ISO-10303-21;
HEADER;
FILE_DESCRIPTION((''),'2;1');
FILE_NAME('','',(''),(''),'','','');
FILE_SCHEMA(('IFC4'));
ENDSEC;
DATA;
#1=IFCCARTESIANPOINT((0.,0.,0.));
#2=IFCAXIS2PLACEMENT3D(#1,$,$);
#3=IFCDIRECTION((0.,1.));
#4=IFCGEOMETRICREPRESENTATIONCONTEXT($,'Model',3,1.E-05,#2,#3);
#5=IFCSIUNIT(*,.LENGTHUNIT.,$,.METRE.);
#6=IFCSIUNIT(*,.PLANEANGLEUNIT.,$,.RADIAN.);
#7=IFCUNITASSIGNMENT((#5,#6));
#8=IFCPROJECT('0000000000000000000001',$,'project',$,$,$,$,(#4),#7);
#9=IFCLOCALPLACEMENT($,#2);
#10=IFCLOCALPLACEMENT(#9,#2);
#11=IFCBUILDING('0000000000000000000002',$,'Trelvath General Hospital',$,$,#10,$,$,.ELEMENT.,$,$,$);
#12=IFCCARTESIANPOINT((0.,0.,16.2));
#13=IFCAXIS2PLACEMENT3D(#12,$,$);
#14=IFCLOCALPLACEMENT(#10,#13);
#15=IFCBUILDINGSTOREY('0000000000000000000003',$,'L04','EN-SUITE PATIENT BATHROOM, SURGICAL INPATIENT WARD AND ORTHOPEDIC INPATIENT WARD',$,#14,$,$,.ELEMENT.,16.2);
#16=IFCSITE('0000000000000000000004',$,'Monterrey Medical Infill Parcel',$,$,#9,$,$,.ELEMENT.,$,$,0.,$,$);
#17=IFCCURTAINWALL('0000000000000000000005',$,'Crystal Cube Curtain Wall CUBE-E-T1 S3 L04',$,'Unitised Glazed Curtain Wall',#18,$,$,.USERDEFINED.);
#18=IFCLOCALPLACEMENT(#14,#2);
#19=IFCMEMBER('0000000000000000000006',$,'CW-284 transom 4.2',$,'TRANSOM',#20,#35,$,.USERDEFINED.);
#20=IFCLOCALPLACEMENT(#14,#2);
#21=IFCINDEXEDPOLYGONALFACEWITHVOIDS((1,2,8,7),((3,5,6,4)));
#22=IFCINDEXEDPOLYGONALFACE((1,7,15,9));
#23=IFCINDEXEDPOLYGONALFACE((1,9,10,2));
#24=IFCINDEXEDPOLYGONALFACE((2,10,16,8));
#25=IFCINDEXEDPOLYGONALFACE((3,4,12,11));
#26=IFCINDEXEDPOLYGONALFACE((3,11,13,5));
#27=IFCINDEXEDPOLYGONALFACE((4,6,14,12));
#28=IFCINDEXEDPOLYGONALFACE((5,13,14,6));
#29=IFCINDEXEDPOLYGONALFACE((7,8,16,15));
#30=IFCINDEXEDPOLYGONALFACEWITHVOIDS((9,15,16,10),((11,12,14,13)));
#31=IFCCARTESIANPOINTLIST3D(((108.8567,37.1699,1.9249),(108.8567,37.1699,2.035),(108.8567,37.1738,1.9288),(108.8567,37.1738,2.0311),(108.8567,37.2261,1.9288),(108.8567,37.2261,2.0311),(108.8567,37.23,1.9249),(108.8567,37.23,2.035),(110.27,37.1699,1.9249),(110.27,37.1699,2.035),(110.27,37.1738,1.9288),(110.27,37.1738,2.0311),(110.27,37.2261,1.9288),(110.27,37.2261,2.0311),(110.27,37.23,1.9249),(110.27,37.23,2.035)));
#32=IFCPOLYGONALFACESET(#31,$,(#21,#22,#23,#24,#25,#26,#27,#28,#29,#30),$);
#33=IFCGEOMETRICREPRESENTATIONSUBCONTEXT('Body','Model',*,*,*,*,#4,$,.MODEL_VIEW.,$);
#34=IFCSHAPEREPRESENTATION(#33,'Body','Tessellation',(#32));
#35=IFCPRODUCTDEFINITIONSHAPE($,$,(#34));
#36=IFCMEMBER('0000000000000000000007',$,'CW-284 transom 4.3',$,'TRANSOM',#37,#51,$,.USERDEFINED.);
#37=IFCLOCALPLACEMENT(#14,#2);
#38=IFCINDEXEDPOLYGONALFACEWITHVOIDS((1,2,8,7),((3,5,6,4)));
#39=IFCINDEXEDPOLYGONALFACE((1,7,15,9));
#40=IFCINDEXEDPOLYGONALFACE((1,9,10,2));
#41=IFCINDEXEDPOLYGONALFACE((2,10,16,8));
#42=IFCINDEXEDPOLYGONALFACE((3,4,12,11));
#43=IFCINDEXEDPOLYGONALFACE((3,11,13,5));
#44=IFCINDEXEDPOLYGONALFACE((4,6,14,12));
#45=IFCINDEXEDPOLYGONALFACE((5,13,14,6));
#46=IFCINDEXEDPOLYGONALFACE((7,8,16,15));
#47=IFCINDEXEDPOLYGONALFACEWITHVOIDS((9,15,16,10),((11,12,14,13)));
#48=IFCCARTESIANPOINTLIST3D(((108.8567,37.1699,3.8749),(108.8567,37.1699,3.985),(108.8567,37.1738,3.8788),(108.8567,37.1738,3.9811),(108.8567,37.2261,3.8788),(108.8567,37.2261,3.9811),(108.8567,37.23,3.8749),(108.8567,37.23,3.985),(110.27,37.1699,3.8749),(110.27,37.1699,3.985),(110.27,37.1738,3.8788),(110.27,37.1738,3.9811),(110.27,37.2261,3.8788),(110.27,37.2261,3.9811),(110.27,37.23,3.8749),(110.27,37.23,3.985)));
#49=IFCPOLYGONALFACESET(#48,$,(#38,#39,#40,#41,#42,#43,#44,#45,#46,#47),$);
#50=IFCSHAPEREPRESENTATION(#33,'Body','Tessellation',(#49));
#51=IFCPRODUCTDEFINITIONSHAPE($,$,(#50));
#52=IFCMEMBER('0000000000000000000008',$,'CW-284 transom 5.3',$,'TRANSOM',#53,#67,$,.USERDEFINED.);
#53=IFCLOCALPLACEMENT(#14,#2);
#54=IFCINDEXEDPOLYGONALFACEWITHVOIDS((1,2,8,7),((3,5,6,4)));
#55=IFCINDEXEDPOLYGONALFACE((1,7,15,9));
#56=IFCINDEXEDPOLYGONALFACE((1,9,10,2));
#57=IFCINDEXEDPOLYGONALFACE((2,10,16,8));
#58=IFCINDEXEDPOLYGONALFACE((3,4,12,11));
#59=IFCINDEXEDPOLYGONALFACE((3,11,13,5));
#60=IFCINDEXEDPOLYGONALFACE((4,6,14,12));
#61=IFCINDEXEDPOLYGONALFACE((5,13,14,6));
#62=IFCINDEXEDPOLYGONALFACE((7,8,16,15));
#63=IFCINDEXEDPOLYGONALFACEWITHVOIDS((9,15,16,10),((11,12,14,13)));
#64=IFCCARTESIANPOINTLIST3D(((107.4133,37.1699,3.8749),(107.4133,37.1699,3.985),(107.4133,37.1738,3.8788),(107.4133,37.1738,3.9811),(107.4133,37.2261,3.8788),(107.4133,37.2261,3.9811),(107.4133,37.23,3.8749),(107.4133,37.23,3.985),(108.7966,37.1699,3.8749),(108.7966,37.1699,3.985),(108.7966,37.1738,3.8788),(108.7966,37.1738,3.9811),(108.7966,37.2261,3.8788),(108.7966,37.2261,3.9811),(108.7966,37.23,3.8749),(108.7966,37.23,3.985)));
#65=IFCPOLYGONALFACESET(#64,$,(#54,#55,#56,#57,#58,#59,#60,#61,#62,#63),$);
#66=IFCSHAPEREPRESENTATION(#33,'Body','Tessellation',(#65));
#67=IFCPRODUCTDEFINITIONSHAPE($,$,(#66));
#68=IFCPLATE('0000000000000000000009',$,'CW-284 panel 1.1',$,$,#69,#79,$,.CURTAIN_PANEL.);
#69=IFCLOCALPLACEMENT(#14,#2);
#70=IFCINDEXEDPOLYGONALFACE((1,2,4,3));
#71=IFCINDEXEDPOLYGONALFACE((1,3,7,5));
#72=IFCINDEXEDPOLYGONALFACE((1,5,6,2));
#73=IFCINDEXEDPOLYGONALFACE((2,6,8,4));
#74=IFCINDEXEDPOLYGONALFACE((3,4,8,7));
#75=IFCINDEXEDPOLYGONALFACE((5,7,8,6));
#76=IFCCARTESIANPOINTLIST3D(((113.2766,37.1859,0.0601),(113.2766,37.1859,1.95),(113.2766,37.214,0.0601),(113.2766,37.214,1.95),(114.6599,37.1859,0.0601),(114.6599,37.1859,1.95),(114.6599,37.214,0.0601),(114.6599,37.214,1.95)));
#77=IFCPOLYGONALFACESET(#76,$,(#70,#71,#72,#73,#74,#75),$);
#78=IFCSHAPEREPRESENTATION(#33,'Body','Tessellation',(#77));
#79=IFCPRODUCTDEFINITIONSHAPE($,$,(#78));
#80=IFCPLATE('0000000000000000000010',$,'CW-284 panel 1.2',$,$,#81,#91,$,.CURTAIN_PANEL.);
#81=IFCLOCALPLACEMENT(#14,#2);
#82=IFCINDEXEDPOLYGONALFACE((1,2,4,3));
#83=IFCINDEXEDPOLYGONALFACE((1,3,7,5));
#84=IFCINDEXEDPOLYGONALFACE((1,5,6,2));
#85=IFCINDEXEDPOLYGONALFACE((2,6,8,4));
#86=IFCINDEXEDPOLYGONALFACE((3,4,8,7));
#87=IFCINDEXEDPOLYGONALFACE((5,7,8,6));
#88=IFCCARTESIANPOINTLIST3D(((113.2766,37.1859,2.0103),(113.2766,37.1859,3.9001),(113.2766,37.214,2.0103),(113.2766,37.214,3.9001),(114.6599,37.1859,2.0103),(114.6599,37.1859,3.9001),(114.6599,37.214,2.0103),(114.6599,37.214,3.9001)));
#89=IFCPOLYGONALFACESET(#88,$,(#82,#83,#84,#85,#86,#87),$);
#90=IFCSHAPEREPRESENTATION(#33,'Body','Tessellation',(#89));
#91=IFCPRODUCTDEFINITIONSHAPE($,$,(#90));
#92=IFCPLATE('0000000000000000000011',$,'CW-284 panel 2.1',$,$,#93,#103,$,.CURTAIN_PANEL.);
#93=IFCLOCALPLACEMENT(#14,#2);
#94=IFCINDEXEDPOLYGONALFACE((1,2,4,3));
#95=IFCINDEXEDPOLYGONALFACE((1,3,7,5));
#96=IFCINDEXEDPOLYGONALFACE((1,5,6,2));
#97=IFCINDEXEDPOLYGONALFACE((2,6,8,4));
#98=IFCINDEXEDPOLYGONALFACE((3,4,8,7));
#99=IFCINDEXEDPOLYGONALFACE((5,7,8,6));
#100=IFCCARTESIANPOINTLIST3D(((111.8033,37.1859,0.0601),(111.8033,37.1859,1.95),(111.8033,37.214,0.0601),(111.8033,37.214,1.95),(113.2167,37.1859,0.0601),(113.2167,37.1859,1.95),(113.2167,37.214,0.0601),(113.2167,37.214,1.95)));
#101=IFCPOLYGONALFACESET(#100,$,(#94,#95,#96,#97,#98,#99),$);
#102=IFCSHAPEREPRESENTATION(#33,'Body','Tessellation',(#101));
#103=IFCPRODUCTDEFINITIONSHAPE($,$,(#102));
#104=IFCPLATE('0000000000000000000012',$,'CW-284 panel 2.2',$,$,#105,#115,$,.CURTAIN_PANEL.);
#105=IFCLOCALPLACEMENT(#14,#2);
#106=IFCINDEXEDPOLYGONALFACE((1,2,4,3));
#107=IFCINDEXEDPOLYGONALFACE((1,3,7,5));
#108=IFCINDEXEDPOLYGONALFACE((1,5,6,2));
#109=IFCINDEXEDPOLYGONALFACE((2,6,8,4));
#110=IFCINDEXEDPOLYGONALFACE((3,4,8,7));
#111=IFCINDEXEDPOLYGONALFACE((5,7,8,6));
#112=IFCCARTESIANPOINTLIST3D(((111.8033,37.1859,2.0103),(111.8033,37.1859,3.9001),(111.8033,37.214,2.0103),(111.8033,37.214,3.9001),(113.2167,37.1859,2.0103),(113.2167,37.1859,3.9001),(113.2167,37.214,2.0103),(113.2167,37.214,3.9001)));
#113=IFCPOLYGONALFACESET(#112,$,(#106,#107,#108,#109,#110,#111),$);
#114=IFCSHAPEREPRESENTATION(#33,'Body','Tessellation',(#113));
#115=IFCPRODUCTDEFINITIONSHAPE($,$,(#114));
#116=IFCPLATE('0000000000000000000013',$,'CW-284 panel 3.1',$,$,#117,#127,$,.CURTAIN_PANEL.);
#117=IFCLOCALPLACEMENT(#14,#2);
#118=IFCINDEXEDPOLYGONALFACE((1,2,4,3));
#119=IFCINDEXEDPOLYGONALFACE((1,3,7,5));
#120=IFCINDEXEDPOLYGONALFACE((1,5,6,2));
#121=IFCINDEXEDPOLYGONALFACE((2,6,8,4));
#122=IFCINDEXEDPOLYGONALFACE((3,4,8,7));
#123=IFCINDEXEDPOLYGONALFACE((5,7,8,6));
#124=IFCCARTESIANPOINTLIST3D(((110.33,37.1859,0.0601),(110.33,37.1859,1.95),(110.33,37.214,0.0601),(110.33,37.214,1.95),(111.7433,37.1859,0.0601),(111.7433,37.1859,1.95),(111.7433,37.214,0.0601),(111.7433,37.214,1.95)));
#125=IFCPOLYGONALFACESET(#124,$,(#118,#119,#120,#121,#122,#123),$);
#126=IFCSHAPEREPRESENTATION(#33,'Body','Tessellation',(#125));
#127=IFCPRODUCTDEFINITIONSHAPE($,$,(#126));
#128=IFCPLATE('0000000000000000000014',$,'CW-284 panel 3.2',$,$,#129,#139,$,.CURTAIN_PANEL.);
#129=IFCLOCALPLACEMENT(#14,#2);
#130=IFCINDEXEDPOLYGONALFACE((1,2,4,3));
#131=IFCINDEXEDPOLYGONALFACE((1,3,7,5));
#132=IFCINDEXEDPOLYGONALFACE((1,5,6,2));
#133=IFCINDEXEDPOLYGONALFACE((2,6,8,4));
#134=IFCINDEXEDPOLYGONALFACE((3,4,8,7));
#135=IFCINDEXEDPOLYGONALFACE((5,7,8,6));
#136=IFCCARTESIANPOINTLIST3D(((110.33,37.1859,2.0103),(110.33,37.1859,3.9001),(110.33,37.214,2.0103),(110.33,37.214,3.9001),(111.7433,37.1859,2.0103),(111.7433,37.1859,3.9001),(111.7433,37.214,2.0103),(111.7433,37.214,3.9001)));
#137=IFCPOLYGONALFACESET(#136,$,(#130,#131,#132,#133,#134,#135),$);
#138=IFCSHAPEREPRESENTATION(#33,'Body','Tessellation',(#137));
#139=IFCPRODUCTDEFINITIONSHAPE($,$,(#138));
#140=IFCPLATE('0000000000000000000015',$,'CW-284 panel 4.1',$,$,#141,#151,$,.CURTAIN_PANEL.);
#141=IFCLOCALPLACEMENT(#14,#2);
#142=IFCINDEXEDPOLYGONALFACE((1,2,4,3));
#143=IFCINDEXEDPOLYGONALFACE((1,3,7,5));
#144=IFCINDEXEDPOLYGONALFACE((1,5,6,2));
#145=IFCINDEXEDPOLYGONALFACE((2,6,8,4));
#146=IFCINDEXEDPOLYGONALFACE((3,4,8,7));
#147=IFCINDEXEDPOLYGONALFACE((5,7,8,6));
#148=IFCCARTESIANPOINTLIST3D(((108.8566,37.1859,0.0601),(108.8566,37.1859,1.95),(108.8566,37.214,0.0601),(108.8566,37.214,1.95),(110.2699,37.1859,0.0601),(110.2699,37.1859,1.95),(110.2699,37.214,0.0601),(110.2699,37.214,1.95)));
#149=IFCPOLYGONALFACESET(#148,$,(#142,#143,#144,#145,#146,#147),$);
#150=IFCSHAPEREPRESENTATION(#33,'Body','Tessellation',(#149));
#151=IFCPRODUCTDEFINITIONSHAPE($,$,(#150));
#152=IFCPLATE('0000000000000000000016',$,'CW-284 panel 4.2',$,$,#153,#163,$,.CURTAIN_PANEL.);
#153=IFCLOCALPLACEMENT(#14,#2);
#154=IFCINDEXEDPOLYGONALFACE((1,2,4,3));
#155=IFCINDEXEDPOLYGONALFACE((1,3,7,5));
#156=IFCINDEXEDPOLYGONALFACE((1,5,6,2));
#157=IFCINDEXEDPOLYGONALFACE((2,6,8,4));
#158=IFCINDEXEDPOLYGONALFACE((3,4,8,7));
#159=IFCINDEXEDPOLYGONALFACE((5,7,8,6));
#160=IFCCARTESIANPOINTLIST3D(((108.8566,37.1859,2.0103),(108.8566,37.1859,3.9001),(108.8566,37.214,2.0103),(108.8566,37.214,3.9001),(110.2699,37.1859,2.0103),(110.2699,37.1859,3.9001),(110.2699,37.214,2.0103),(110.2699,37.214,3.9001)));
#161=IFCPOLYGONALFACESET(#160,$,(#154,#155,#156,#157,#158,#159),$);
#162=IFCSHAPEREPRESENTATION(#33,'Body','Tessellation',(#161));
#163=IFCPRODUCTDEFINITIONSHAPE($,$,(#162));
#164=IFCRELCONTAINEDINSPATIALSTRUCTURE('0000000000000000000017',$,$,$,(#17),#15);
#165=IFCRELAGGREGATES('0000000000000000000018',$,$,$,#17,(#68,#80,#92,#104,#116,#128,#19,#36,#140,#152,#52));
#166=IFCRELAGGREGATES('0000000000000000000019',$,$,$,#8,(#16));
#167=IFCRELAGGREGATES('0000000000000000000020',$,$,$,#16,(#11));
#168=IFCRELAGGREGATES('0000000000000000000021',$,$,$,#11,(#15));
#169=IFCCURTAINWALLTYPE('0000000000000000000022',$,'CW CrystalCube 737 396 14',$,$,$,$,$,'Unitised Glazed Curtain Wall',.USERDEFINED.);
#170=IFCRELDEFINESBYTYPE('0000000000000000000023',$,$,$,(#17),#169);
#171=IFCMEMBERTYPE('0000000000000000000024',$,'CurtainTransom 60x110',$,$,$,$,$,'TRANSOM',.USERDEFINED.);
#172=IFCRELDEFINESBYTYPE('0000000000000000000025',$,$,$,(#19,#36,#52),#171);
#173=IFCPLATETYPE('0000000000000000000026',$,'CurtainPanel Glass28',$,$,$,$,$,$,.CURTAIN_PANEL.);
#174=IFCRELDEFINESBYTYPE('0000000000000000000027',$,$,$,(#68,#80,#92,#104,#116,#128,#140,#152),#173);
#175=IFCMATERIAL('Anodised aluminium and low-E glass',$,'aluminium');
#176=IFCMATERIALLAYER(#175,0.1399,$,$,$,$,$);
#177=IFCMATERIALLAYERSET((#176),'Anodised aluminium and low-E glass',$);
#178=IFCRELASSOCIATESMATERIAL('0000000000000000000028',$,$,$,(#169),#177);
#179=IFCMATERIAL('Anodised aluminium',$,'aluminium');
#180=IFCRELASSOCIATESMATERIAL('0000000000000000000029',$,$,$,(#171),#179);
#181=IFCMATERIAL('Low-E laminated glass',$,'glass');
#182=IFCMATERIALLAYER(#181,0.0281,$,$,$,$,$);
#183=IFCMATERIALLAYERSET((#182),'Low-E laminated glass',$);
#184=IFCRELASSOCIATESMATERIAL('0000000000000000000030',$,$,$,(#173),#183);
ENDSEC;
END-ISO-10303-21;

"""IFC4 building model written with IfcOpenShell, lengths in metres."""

from ifc_helpers import new_model, si_unit, direction, frame, origin, origin_2d, place, context, subcontext, project, spatial, rectangle, hollow_rectangle, extrude, material, layer, layer_set, material_profile, profile_set, type_object, element, aggregate, save


model = new_model("IFC4")

# Units and contexts
model_context = context("Model", 3, precision=1e-05, world=origin(), true_north=direction((0.0, 1.0)))
body_context = subcontext(model_context, "Body", "Model", "MODEL_VIEW")
ifc_project = project(units=[si_unit("LENGTHUNIT", "METRE"), si_unit("PLANEANGLEUNIT", "RADIAN")], contexts=[model_context])

# Site, building, storey
site_placement = place(None, origin())
site = spatial("IfcSite", under=ifc_project, at=site_placement, Name="Monterrey Medical Infill Parcel", CompositionType="ELEMENT", RefElevation=0.0)
building_placement = place(site_placement, origin())
building = spatial("IfcBuilding", under=site, at=building_placement, Name="Trelvath General Hospital", CompositionType="ELEMENT")
storey_placement = place(building_placement, frame((0.0, 0.0, 16.2)))
storey = spatial("IfcBuildingStorey", under=building, at=storey_placement, Name="L04", Description="EN-SUITE PATIENT BATHROOM, SURGICAL INPATIENT WARD AND ORTHOPEDIC INPATIENT WARD", CompositionType="ELEMENT", Elevation=16.2)

# Curtain wall, members, plates
ifc_material_1 = material(Name="Anodised aluminium and low-E glass", Category="aluminium")
ifc_layer_1 = layer(ifc_material_1, 0.1399)
ifc_layer_set_1 = layer_set([ifc_layer_1], Name="Anodised aluminium and low-E glass")
curtain_wall_type = type_object("IfcCurtainWallType", Name="CW CrystalCube 737 396 14", ElementType="Unitised Glazed Curtain Wall", PredefinedType="USERDEFINED", material=ifc_layer_set_1)
curtain_wall_placement = place(storey_placement, origin())
curtain_wall = element("IfcCurtainWall", 1, at=curtain_wall_placement, inside=storey, type_object=curtain_wall_type, Name="Crystal Cube Curtain Wall CUBE-E-T1 S3 L04", ObjectType="Unitised Glazed Curtain Wall", PredefinedType="USERDEFINED")
ifc_material_2 = material(Name="Anodised aluminium", Category="aluminium")
ifc_material_profile_1 = material_profile(ifc_material_2, hollow_rectangle(XDim=0.0601, YDim=0.1101, WallThickness=0.0039, at=origin_2d()), Name="RHS60x110x4")
ifc_profile_set_1 = profile_set([ifc_material_profile_1], Name="Anodised aluminium")
member_type_1 = type_object("IfcMemberType", Name="CurtainTransom 60x110", ElementType="TRANSOM", PredefinedType="USERDEFINED", material=ifc_profile_set_1)
member_1_placement = place(storey_placement, frame((110.27, 37.2, 1.98), z_axis=(-1.0, 0.0, 0.0), x_axis=(0.0, -1.0, 0.0)))
member_1 = element("IfcMember", 2, at=member_1_placement, type_object=member_type_1, Name="CW-284 transom 4.2", ObjectType="TRANSOM", PredefinedType="USERDEFINED", context=body_context, shape_type="SweptSolid", body=[
    extrude(hollow_rectangle(XDim=0.0601, YDim=0.1101, WallThickness=0.0039, at=origin_2d()), origin(), (0.0, 0.0, 1.0), 1.4133),
])
member_2_placement = place(storey_placement, frame((110.27, 37.2, 3.9299), z_axis=(-1.0, 0.0, 0.0), x_axis=(0.0, -1.0, 0.0)))
member_2 = element("IfcMember", 3, at=member_2_placement, type_object=member_type_1, Name="CW-284 transom 4.3", ObjectType="TRANSOM", PredefinedType="USERDEFINED", context=body_context, shape_type="SweptSolid", body=[
    extrude(hollow_rectangle(XDim=0.0601, YDim=0.1101, WallThickness=0.0039, at=origin_2d()), origin(), (0.0, 0.0, 1.0), 1.4133),
])
member_3_placement = place(storey_placement, frame((108.7966, 37.2, 3.9299), z_axis=(-1.0, 0.0, 0.0), x_axis=(0.0, -1.0, 0.0)))
member_3 = element("IfcMember", 4, at=member_3_placement, type_object=member_type_1, Name="CW-284 transom 5.3", ObjectType="TRANSOM", PredefinedType="USERDEFINED", context=body_context, shape_type="SweptSolid", body=[
    extrude(hollow_rectangle(XDim=0.0601, YDim=0.1101, WallThickness=0.0039, at=origin_2d()), origin(), (0.0, 0.0, 1.0), 1.3833),
])
ifc_material_3 = material(Name="Low-E laminated glass", Category="glass")
ifc_layer_2 = layer(ifc_material_3, 0.0281)
ifc_layer_set_2 = layer_set([ifc_layer_2], Name="Low-E laminated glass")
plate_type = type_object("IfcPlateType", Name="CurtainPanel Glass28", PredefinedType="CURTAIN_PANEL", material=ifc_layer_set_2)
plate_1_placement = place(storey_placement, frame((113.9683, 37.2, 0.0601), z_axis=(0.0, 0.0, 1.0), x_axis=(-1.0, 0.0, 0.0)))
plate_1 = element("IfcPlate", 5, at=plate_1_placement, type_object=plate_type, Name="CW-284 panel 1.1", PredefinedType="CURTAIN_PANEL", context=body_context, shape_type="SweptSolid", body=[
    extrude(rectangle(XDim=1.3833, YDim=0.0281, at=origin_2d()), origin(), (0.0, 0.0, 1.0), 1.8899),
])
plate_2_placement = place(storey_placement, frame((113.9683, 37.2, 2.0103), z_axis=(0.0, 0.0, 1.0), x_axis=(-1.0, 0.0, 0.0)))
plate_2 = element("IfcPlate", 6, at=plate_2_placement, type_object=plate_type, Name="CW-284 panel 1.2", PredefinedType="CURTAIN_PANEL", context=body_context, shape_type="SweptSolid", body=[
    extrude(rectangle(XDim=1.3833, YDim=0.0281, at=origin_2d()), origin(), (0.0, 0.0, 1.0), 1.8899),
])
plate_3_placement = place(storey_placement, frame((112.51, 37.2, 0.0601), z_axis=(0.0, 0.0, 1.0), x_axis=(-1.0, 0.0, 0.0)))
plate_3 = element("IfcPlate", 7, at=plate_3_placement, type_object=plate_type, Name="CW-284 panel 2.1", PredefinedType="CURTAIN_PANEL", context=body_context, shape_type="SweptSolid", body=[
    extrude(rectangle(XDim=1.4133, YDim=0.0281, at=origin_2d()), origin(), (0.0, 0.0, 1.0), 1.8899),
])
plate_4_placement = place(storey_placement, frame((112.51, 37.2, 2.0103), z_axis=(0.0, 0.0, 1.0), x_axis=(-1.0, 0.0, 0.0)))
plate_4 = element("IfcPlate", 8, at=plate_4_placement, type_object=plate_type, Name="CW-284 panel 2.2", PredefinedType="CURTAIN_PANEL", context=body_context, shape_type="SweptSolid", body=[
    extrude(rectangle(XDim=1.4133, YDim=0.0281, at=origin_2d()), origin(), (0.0, 0.0, 1.0), 1.8899),
])
plate_5_placement = place(storey_placement, frame((111.0366, 37.2, 0.0601), z_axis=(0.0, 0.0, 1.0), x_axis=(-1.0, 0.0, 0.0)))
plate_5 = element("IfcPlate", 9, at=plate_5_placement, type_object=plate_type, Name="CW-284 panel 3.1", PredefinedType="CURTAIN_PANEL", context=body_context, shape_type="SweptSolid", body=[
    extrude(rectangle(XDim=1.4133, YDim=0.0281, at=origin_2d()), origin(), (0.0, 0.0, 1.0), 1.8899),
])
plate_6_placement = place(storey_placement, frame((111.0366, 37.2, 2.0103), z_axis=(0.0, 0.0, 1.0), x_axis=(-1.0, 0.0, 0.0)))
plate_6 = element("IfcPlate", 10, at=plate_6_placement, type_object=plate_type, Name="CW-284 panel 3.2", PredefinedType="CURTAIN_PANEL", context=body_context, shape_type="SweptSolid", body=[
    extrude(rectangle(XDim=1.4133, YDim=0.0281, at=origin_2d()), origin(), (0.0, 0.0, 1.0), 1.8899),
])
plate_7_placement = place(storey_placement, frame((109.5632, 37.2, 0.0601), z_axis=(0.0, 0.0, 1.0), x_axis=(-1.0, 0.0, 0.0)))
plate_7 = element("IfcPlate", 11, at=plate_7_placement, type_object=plate_type, Name="CW-284 panel 4.1", PredefinedType="CURTAIN_PANEL", context=body_context, shape_type="SweptSolid", body=[
    extrude(rectangle(XDim=1.4133, YDim=0.0281, at=origin_2d()), origin(), (0.0, 0.0, 1.0), 1.8899),
])
plate_8_placement = place(storey_placement, frame((109.5632, 37.2, 2.0103), z_axis=(0.0, 0.0, 1.0), x_axis=(-1.0, 0.0, 0.0)))
plate_8 = element("IfcPlate", 12, at=plate_8_placement, type_object=plate_type, Name="CW-284 panel 4.2", PredefinedType="CURTAIN_PANEL", context=body_context, shape_type="SweptSolid", body=[
    extrude(rectangle(XDim=1.4133, YDim=0.0281, at=origin_2d()), origin(), (0.0, 0.0, 1.0), 1.8899),
])
aggregate(curtain_wall, [plate_1, plate_2, plate_3, plate_4, plate_5, plate_6, member_1, member_2, plate_7, plate_8, member_3])

save(model, "model.ifc")
